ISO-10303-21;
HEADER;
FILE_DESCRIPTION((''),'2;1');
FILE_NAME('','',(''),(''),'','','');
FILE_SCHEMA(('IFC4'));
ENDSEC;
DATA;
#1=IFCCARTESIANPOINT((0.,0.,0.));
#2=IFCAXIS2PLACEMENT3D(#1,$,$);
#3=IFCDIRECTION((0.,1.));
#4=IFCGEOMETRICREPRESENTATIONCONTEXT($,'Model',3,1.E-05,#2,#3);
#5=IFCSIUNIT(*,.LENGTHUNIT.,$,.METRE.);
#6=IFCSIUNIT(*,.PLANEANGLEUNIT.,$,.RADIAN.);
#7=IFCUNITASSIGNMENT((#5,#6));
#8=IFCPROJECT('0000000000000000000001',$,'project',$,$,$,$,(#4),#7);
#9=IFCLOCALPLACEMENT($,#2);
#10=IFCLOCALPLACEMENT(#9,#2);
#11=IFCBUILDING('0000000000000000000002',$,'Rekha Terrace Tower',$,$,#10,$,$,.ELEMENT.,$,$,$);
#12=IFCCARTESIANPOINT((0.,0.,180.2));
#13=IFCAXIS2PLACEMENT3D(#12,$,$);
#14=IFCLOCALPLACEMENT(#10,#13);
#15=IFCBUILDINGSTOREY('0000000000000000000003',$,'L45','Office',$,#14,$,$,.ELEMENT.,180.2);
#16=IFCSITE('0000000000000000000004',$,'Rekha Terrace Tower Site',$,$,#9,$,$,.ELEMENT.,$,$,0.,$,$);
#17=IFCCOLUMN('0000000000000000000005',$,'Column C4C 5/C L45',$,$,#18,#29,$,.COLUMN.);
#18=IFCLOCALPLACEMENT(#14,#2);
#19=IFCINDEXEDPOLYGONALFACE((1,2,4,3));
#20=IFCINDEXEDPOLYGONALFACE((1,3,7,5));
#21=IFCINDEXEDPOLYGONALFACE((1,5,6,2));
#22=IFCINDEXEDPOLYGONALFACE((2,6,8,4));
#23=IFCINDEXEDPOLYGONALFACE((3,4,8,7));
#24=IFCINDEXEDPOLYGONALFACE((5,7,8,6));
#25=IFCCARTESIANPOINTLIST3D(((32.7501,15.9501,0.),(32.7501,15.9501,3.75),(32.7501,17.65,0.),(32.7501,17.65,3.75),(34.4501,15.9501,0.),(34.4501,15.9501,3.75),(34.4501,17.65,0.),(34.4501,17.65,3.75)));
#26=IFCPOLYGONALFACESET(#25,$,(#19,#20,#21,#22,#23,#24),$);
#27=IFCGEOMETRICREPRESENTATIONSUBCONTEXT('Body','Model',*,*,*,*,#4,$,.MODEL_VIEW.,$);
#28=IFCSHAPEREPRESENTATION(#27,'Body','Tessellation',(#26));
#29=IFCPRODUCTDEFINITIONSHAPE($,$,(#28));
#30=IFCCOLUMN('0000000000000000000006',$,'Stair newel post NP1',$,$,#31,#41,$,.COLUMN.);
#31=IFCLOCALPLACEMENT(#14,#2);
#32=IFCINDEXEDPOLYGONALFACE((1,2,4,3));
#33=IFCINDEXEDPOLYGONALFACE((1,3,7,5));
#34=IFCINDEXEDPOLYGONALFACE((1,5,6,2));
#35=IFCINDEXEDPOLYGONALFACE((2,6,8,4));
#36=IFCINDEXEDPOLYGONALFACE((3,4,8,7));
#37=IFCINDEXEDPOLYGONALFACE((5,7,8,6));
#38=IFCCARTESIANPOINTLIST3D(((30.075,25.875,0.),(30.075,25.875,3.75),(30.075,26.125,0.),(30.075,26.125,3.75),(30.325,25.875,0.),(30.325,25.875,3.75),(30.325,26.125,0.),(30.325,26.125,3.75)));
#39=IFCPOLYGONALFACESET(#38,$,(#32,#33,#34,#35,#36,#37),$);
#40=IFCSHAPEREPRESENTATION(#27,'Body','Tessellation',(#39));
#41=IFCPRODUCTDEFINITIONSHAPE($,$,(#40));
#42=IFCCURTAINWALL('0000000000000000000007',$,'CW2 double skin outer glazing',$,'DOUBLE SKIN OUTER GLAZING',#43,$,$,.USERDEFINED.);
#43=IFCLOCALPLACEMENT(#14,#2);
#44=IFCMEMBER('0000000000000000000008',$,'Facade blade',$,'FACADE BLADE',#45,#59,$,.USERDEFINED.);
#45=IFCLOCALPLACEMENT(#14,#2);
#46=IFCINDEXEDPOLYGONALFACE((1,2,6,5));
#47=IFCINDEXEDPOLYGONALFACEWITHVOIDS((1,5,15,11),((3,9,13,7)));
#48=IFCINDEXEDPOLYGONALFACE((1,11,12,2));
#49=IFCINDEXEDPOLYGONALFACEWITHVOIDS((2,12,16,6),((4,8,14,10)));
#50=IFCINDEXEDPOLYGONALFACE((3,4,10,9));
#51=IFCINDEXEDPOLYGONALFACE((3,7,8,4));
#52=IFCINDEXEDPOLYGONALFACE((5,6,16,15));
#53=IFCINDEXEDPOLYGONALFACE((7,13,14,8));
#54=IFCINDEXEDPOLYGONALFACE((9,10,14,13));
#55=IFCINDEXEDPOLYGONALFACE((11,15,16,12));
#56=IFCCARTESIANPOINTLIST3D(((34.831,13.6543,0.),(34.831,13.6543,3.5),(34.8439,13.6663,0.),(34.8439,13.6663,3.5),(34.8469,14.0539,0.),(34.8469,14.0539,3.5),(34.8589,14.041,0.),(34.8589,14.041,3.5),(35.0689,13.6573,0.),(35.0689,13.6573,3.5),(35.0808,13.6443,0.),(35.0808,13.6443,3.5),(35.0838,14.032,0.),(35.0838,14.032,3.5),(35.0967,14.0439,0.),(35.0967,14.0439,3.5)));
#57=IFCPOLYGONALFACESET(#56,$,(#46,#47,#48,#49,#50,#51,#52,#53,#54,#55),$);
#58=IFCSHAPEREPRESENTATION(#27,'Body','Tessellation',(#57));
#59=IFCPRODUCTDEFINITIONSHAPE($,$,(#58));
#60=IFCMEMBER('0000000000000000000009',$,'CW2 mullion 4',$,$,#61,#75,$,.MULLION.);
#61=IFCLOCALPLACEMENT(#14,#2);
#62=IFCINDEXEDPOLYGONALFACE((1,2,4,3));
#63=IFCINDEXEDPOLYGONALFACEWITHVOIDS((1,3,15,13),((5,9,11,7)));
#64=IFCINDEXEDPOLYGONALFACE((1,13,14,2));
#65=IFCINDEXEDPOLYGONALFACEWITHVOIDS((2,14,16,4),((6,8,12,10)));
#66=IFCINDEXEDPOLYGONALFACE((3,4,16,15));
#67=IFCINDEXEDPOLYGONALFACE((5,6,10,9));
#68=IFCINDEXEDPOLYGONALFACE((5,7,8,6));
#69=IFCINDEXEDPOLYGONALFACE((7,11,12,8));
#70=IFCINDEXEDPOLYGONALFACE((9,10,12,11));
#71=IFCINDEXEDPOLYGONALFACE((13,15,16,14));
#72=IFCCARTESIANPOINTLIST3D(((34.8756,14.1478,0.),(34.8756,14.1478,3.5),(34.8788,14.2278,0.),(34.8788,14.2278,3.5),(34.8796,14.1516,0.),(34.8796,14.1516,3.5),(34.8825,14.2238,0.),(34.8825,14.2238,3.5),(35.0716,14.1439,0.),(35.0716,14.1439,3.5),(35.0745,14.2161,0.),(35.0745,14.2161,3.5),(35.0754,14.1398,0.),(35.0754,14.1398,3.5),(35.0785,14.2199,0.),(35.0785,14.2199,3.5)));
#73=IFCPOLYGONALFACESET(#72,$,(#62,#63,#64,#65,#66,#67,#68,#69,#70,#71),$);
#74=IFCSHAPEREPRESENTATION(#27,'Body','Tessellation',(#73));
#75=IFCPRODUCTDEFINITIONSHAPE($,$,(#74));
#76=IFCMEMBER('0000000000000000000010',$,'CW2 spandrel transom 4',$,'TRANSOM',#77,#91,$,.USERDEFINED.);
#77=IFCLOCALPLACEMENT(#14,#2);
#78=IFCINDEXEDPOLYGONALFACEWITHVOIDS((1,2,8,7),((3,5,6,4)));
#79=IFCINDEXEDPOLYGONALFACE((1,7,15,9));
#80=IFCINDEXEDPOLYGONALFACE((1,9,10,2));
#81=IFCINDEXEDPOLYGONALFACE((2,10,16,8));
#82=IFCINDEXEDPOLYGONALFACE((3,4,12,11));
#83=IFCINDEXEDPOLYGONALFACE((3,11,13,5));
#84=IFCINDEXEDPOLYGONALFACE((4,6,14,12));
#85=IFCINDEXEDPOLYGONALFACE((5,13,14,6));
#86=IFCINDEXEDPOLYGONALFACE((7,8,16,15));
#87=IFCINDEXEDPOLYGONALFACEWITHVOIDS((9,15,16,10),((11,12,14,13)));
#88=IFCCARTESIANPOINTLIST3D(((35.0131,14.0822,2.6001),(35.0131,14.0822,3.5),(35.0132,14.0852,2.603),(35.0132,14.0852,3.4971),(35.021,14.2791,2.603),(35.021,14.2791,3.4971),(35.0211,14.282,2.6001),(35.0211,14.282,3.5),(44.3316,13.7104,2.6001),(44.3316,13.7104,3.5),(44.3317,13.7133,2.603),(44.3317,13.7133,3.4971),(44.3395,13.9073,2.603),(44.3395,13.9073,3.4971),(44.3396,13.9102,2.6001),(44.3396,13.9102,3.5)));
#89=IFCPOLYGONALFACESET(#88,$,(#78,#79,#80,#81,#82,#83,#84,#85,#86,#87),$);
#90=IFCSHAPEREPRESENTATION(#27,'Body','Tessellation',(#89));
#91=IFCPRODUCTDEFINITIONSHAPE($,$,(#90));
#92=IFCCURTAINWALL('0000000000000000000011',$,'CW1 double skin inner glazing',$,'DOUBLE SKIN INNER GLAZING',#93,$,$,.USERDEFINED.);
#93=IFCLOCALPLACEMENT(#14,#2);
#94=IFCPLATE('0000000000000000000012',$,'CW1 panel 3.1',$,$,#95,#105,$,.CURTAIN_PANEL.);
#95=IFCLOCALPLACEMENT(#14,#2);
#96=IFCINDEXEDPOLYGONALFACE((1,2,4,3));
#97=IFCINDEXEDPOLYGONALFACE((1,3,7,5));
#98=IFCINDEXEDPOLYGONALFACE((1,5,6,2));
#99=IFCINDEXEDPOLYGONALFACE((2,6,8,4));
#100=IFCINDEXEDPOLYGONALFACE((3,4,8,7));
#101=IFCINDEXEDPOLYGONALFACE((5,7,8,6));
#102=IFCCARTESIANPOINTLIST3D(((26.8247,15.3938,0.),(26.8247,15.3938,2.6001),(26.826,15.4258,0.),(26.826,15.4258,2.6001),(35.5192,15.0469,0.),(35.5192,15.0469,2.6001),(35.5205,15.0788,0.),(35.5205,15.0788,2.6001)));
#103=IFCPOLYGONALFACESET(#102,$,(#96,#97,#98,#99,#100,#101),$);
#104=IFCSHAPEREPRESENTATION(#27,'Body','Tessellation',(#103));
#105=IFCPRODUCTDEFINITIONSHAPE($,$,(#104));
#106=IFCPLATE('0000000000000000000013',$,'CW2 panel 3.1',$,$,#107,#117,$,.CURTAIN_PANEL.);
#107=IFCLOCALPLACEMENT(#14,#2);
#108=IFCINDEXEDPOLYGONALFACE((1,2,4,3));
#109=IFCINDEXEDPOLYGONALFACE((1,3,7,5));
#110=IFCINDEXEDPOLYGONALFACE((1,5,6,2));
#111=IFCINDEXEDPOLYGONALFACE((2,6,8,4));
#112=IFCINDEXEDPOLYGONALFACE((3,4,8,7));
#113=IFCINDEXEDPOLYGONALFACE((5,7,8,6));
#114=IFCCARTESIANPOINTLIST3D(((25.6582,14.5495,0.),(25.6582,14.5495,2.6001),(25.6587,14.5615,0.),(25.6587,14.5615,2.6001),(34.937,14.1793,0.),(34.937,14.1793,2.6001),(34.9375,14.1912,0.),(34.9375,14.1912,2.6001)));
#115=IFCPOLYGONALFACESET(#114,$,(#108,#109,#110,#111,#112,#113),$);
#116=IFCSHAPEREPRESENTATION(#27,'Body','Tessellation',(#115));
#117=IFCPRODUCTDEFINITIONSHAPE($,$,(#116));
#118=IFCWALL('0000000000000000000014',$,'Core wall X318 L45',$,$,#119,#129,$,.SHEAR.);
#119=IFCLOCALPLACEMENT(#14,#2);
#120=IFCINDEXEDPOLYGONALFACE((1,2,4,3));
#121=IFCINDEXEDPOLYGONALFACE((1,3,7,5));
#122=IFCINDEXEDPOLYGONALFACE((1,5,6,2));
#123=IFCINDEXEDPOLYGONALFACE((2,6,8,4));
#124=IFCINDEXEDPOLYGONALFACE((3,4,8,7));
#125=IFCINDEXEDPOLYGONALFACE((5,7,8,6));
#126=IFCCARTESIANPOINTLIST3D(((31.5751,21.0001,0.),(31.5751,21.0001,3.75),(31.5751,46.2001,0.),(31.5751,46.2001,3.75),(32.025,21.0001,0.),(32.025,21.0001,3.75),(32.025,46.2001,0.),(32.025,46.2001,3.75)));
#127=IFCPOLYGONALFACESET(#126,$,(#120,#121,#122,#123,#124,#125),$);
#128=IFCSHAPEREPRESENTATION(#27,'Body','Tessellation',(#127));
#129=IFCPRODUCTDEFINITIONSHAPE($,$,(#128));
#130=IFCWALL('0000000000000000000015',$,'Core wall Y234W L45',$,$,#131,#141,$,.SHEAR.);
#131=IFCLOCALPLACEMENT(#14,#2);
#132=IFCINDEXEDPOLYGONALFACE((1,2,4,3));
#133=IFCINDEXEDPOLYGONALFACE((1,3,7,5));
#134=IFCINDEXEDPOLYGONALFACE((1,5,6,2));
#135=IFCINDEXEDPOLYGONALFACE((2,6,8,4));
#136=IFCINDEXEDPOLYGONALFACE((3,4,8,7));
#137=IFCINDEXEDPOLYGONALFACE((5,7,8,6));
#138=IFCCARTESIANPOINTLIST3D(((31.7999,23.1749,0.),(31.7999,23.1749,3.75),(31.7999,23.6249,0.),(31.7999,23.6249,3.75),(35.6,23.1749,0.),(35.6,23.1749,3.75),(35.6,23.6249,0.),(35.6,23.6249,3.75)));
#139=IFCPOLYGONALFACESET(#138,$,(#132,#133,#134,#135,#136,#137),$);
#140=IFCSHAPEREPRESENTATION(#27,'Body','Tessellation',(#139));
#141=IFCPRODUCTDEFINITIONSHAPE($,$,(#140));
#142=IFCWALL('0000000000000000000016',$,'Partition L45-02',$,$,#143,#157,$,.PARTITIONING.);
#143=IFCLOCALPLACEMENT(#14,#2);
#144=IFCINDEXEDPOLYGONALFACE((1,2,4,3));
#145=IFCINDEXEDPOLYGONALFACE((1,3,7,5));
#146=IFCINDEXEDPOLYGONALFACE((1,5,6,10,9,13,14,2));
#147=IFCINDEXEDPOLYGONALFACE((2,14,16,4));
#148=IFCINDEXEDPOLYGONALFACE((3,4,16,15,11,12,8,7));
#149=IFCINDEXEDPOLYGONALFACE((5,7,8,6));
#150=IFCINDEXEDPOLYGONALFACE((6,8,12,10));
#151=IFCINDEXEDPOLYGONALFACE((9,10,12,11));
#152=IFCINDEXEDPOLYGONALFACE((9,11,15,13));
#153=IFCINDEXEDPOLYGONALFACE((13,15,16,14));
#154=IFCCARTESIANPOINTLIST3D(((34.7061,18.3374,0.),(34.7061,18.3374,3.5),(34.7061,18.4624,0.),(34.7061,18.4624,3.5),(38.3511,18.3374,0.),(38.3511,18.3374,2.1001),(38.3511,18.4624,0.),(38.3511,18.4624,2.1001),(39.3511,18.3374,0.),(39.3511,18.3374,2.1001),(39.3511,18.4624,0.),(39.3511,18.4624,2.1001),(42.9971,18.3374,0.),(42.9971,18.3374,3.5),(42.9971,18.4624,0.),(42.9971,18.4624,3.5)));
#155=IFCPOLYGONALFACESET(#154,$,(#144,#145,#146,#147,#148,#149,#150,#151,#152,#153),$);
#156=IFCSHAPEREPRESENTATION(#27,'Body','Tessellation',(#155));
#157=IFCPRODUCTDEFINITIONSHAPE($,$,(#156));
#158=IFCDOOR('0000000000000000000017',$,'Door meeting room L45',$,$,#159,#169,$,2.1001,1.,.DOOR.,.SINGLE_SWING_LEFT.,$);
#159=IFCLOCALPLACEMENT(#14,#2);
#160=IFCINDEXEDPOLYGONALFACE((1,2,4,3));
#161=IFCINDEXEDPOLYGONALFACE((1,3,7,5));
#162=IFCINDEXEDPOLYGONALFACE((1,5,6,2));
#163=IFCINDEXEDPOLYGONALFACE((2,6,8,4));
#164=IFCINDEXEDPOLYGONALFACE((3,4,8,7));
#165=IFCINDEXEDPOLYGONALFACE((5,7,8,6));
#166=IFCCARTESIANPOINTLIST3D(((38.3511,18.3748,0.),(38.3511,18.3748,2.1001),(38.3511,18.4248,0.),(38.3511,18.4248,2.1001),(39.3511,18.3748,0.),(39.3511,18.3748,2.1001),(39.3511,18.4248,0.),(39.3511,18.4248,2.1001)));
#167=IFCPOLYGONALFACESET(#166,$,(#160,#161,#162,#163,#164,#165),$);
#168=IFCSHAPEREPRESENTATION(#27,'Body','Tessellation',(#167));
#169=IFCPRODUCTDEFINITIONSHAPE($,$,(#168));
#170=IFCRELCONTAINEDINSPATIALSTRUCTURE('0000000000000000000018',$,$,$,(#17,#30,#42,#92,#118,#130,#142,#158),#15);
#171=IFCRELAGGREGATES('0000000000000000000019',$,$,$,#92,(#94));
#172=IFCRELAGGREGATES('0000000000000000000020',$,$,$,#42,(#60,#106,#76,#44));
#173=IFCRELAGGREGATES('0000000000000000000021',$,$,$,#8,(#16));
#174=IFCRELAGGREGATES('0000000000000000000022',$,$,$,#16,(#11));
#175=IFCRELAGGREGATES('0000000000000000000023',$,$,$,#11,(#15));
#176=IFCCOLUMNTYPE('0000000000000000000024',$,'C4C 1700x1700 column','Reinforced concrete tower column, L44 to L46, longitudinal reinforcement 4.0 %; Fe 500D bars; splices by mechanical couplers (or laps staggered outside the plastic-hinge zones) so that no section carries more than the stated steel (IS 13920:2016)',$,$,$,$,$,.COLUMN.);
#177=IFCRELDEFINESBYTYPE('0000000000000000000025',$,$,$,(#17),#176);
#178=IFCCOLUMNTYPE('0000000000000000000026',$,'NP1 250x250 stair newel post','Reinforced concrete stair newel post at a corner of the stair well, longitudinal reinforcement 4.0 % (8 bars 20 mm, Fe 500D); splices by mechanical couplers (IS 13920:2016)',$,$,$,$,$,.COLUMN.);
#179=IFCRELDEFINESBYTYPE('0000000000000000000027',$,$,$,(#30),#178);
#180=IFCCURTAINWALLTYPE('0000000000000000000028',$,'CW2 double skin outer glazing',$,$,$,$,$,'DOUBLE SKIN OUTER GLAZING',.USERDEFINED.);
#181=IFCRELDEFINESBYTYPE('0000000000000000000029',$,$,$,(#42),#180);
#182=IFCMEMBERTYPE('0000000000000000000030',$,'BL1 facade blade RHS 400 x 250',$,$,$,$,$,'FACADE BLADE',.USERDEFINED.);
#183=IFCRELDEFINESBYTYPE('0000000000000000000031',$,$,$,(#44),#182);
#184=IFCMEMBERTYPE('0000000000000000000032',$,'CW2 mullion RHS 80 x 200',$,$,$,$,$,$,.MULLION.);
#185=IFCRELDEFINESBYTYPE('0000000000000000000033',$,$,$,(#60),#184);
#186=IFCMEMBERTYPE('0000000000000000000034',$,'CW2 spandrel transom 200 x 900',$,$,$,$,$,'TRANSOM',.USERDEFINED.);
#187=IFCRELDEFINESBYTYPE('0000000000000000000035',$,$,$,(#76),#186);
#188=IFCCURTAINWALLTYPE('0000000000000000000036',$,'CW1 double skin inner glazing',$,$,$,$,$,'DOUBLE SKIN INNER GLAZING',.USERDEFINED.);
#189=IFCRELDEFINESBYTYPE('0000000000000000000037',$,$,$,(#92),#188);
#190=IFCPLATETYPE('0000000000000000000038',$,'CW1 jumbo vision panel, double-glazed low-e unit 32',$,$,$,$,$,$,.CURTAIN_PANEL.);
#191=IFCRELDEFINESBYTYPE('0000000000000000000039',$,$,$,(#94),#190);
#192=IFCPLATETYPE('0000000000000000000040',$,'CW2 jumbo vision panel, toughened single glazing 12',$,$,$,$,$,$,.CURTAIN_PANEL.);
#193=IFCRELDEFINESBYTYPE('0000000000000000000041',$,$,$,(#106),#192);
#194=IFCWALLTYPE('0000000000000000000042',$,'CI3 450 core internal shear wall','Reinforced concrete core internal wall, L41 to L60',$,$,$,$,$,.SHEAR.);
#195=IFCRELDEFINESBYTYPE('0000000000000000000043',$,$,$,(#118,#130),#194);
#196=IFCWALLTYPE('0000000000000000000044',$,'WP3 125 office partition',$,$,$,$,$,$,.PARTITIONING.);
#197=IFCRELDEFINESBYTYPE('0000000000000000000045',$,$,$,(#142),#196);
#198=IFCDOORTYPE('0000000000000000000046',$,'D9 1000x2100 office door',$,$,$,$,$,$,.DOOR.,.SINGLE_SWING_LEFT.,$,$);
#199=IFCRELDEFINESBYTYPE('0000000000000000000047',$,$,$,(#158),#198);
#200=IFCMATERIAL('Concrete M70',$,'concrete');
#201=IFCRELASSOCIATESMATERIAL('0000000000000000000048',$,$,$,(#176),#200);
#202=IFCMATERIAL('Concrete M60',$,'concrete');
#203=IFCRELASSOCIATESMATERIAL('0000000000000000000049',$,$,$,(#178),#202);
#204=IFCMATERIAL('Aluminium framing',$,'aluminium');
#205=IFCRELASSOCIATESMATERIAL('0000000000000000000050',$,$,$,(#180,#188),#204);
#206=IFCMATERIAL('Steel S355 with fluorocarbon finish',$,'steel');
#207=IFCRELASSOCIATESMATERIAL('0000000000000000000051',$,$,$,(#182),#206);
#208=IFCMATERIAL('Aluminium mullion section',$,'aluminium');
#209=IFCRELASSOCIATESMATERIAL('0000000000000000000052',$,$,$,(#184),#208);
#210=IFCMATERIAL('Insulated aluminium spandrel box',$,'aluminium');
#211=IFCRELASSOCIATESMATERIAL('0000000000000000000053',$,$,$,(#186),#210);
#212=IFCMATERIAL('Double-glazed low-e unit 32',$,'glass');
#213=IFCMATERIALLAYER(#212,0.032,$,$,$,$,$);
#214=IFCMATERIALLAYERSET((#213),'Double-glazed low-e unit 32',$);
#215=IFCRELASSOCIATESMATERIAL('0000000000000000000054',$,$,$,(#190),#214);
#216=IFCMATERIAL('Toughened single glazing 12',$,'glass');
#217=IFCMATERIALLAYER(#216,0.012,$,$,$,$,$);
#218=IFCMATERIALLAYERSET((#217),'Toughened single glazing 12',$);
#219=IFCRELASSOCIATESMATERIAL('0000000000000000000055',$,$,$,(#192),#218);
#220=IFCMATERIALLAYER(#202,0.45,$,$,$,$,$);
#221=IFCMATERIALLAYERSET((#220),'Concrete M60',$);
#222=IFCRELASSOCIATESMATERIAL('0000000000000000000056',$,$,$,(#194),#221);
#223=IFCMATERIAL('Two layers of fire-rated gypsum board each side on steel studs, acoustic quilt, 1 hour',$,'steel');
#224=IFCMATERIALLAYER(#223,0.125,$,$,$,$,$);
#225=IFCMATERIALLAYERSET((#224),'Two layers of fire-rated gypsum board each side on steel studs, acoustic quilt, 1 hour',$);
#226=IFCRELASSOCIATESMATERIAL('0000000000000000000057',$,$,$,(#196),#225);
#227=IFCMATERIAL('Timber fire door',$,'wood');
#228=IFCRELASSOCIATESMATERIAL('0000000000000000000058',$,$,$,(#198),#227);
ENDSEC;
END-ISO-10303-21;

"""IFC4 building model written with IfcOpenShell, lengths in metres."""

from ifc_helpers import new_model, si_unit, direction, frame, frame_2d, origin, origin_2d, place, context, subcontext, project, spatial, rectangle, hollow_rectangle, extrude, material, layer, layer_set, material_profile, profile_set, type_object, element, fill, aggregate, save


model = new_model("IFC4")

# Units and contexts
model_context = context("Model", 3, precision=1e-05, world=origin(), true_north=direction((0.0, 1.0)))
body_context = subcontext(model_context, "Body", "Model", "MODEL_VIEW")
ifc_project = project(units=[si_unit("LENGTHUNIT", "METRE"), si_unit("PLANEANGLEUNIT", "RADIAN")], contexts=[model_context])

# Site, building, storey
site_placement = place(None, origin())
site = spatial("IfcSite", under=ifc_project, at=site_placement, Name="Rekha Terrace Tower Site", CompositionType="ELEMENT", RefElevation=0.0)
building_placement = place(site_placement, origin())
building = spatial("IfcBuilding", under=site, at=building_placement, Name="Rekha Terrace Tower", CompositionType="ELEMENT")
storey_placement = place(building_placement, frame((0.0, 0.0, 180.2)))
storey = spatial("IfcBuildingStorey", under=building, at=storey_placement, Name="L45", Description="Office", CompositionType="ELEMENT", Elevation=180.2)

# Columns
ifc_material_1 = material(Name="Concrete M70", Category="concrete")
ifc_material_profile_1 = material_profile(ifc_material_1, rectangle(XDim=1.7, YDim=1.7, at=origin_2d()), Name="RC 1700x1700")
ifc_profile_set_1 = profile_set([ifc_material_profile_1], Name="Concrete M70")
column_type_1 = type_object("IfcColumnType", Name="C4C 1700x1700 column", Description="Reinforced concrete tower column, L44 to L46, longitudinal reinforcement 4.0 %; Fe 500D bars; splices by mechanical couplers (or laps staggered outside the plastic-hinge zones) so that no section carries more than the stated steel (IS 13920:2016)", PredefinedType="COLUMN", material=ifc_profile_set_1)
column_1_placement = place(storey_placement, frame((33.6001, 16.8, 0.0), z_axis=(0.0, 0.0, 1.0), x_axis=(1.0, 0.0, 0.0)))
element("IfcColumn", 1, at=column_1_placement, inside=storey, type_object=column_type_1, Name="Column C4C 5/C L45", PredefinedType="COLUMN", context=body_context, shape_type="SweptSolid", body=[
    extrude(rectangle(XDim=1.7, YDim=1.7, at=origin_2d()), origin(), (0.0, 0.0, 1.0), 3.75),
])
ifc_material_2 = material(Name="Concrete M60", Category="concrete")
ifc_material_profile_2 = material_profile(ifc_material_2, rectangle(XDim=0.25, YDim=0.25, at=origin_2d()), Name="RC 250x250")
ifc_profile_set_2 = profile_set([ifc_material_profile_2], Name="Concrete M60")
column_type_2 = type_object("IfcColumnType", Name="NP1 250x250 stair newel post", Description="Reinforced concrete stair newel post at a corner of the stair well, longitudinal reinforcement 4.0 % (8 bars 20 mm, Fe 500D); splices by mechanical couplers (IS 13920:2016)", PredefinedType="COLUMN", material=ifc_profile_set_2)
column_2_placement = place(storey_placement, frame((30.2, 26.0, 0.0), z_axis=(0.0, 0.0, 1.0), x_axis=(1.0, 0.0, 0.0)))
element("IfcColumn", 2, at=column_2_placement, inside=storey, type_object=column_type_2, Name="Stair newel post NP1", PredefinedType="COLUMN", context=body_context, shape_type="SweptSolid", body=[
    extrude(rectangle(XDim=0.25, YDim=0.25, at=origin_2d()), origin(), (0.0, 0.0, 1.0), 3.75),
])

# Curtain wall, members
ifc_material_3 = material(Name="Aluminium framing", Category="aluminium")
curtain_wall_type_1 = type_object("IfcCurtainWallType", Name="CW2 double skin outer glazing", ElementType="DOUBLE SKIN OUTER GLAZING", PredefinedType="USERDEFINED", material=ifc_material_3)
curtain_wall_1_placement = place(storey_placement, origin())
curtain_wall_1 = element("IfcCurtainWall", 3, at=curtain_wall_1_placement, inside=storey, type_object=curtain_wall_type_1, Name="CW2 double skin outer glazing", ObjectType="DOUBLE SKIN OUTER GLAZING", PredefinedType="USERDEFINED")
ifc_material_4 = material(Name="Steel S355 with fluorocarbon finish", Category="steel")
ifc_material_profile_3 = material_profile(ifc_material_4, hollow_rectangle(XDim=0.25, YDim=0.3999, WallThickness=0.0125, at=origin_2d()), Name="RHS400x250x12.5")
ifc_profile_set_3 = profile_set([ifc_material_profile_3], Name="Steel S355 with fluorocarbon finish")
member_type_1 = type_object("IfcMemberType", Name="BL1 facade blade RHS 400 x 250", ElementType="FACADE BLADE", PredefinedType="USERDEFINED", material=ifc_profile_set_3)
member_1_placement = place(storey_placement, frame((34.9639, 13.8491, 0.0), z_axis=(0.0, 0.0, 1.0), x_axis=(0.999205, -0.039872, 0.0)))
member_1 = element("IfcMember", 4, at=member_1_placement, type_object=member_type_1, Name="Facade blade", ObjectType="FACADE BLADE", PredefinedType="USERDEFINED", context=body_context, shape_type="SweptSolid", body=[
    extrude(hollow_rectangle(XDim=0.25, YDim=0.3999, WallThickness=0.0125, at=origin_2d()), origin(), (0.0, 0.0, 1.0), 3.5),
])
ifc_material_5 = material(Name="Aluminium mullion section", Category="aluminium")
ifc_material_profile_4 = material_profile(ifc_material_5, hollow_rectangle(XDim=0.0801, YDim=0.2, WallThickness=0.0039, at=origin_2d()), Name="AL RHS 80x200")
ifc_profile_set_4 = profile_set([ifc_material_profile_4], Name="Aluminium mullion section")
member_type_2 = type_object("IfcMemberType", Name="CW2 mullion RHS 80 x 200", PredefinedType="MULLION", material=ifc_profile_set_4)
member_2_placement = place(storey_placement, frame((34.9771, 14.1838, 0.0), z_axis=(0.0, 0.0, 1.0), x_axis=(0.039872, 0.999205, 0.0)))
member_2 = element("IfcMember", 5, at=member_2_placement, type_object=member_type_2, Name="CW2 mullion 4", PredefinedType="MULLION", context=body_context, shape_type="SweptSolid", body=[
    extrude(hollow_rectangle(XDim=0.0801, YDim=0.2, WallThickness=0.0039, at=origin_2d()), origin(), (0.0, 0.0, 1.0), 3.5),
])
ifc_material_6 = material(Name="Insulated aluminium spandrel box", Category="aluminium")
ifc_material_profile_5 = material_profile(ifc_material_6, hollow_rectangle(XDim=0.2, YDim=0.8999, WallThickness=0.0029, at=origin_2d()), Name="AL SPANDREL BOX 200x900")
ifc_profile_set_5 = profile_set([ifc_material_profile_5], Name="Insulated aluminium spandrel box")
member_type_3 = type_object("IfcMemberType", Name="CW2 spandrel transom 200 x 900", ElementType="TRANSOM", PredefinedType="USERDEFINED", material=ifc_profile_set_5)
member_3_placement = place(storey_placement, frame((35.0171, 14.1821, 3.05), z_axis=(0.999205, -0.03987, 0.0), x_axis=(0.03987, 0.999205, 0.0)))
member_3 = element("IfcMember", 6, at=member_3_placement, type_object=member_type_3, Name="CW2 spandrel transom 4", ObjectType="TRANSOM", PredefinedType="USERDEFINED", context=body_context, shape_type="SweptSolid", body=[
    extrude(hollow_rectangle(XDim=0.2, YDim=0.8999, WallThickness=0.0029, at=origin_2d()), origin(), (0.0, 0.0, 1.0), 9.3259),
])

# Curtain wall, plate
curtain_wall_type_2 = type_object("IfcCurtainWallType", Name="CW1 double skin inner glazing", ElementType="DOUBLE SKIN INNER GLAZING", PredefinedType="USERDEFINED", material=ifc_material_3)
curtain_wall_2_placement = place(storey_placement, origin())
curtain_wall_2 = element("IfcCurtainWall", 7, at=curtain_wall_2_placement, inside=storey, type_object=curtain_wall_type_2, Name="CW1 double skin inner glazing", ObjectType="DOUBLE SKIN INNER GLAZING", PredefinedType="USERDEFINED")
ifc_material_7 = material(Name="Double-glazed low-e unit 32", Category="glass")
ifc_layer_1 = layer(ifc_material_7, 0.032)
ifc_layer_set_1 = layer_set([ifc_layer_1], Name="Double-glazed low-e unit 32")
plate_type_1 = type_object("IfcPlateType", Name="CW1 jumbo vision panel, double-glazed low-e unit 32", PredefinedType="CURTAIN_PANEL", material=ifc_layer_set_1)
plate_1_placement = place(storey_placement, frame((31.1726, 15.2363, 0.0), z_axis=(0.0, 0.0, 1.0), x_axis=(0.999205, -0.039872, 0.0)))
plate_1 = element("IfcPlate", 8, at=plate_1_placement, type_object=plate_type_1, Name="CW1 panel 3.1", PredefinedType="CURTAIN_PANEL", context=body_context, shape_type="SweptSolid", body=[
    extrude(rectangle(XDim=8.7014, YDim=0.032, at=origin_2d()), origin(), (0.0, 0.0, 1.0), 2.6001),
])
aggregate(curtain_wall_2, [plate_1])

# Plate
ifc_material_8 = material(Name="Toughened single glazing 12", Category="glass")
ifc_layer_2 = layer(ifc_material_8, 0.012)
ifc_layer_set_2 = layer_set([ifc_layer_2], Name="Toughened single glazing 12")
plate_type_2 = type_object("IfcPlateType", Name="CW2 jumbo vision panel, toughened single glazing 12", PredefinedType="CURTAIN_PANEL", material=ifc_layer_set_2)
plate_2_placement = place(storey_placement, frame((30.2979, 14.3704, 0.0), z_axis=(0.0, 0.0, 1.0), x_axis=(0.999205, -0.039872, 0.0)))
plate_2 = element("IfcPlate", 9, at=plate_2_placement, type_object=plate_type_2, Name="CW2 panel 3.1", PredefinedType="CURTAIN_PANEL", context=body_context, shape_type="SweptSolid", body=[
    extrude(rectangle(XDim=9.2861, YDim=0.012, at=origin_2d()), origin(), (0.0, 0.0, 1.0), 2.6001),
])
aggregate(curtain_wall_1, [member_2, plate_2, member_3, member_1])

# Walls
ifc_layer_3 = layer(ifc_material_2, 0.45)
ifc_layer_set_3 = layer_set([ifc_layer_3], Name="Concrete M60")
wall_type_1 = type_object("IfcWallType", Name="CI3 450 core internal shear wall", Description="Reinforced concrete core internal wall, L41 to L60", PredefinedType="SHEAR", material=ifc_layer_set_3)
wall_1_placement = place(storey_placement, frame((31.8, 21.0, 0.0), z_axis=(0.0, 0.0, 1.0), x_axis=(0.0, 1.0, 0.0)))
element("IfcWall", 10, at=wall_1_placement, inside=storey, type_object=wall_type_1, Name="Core wall X318 L45", PredefinedType="SHEAR", context=body_context, shape_type="SweptSolid", body=[
    extrude(rectangle(XDim=25.2, YDim=0.45, at=frame_2d((12.6001, 0.0))), origin(), (0.0, 0.0, 1.0), 3.75),
])
wall_2_placement = place(storey_placement, frame((31.8, 23.3999, 0.0), z_axis=(0.0, 0.0, 1.0), x_axis=(1.0, 0.0, 0.0)))
element("IfcWall", 11, at=wall_2_placement, inside=storey, type_object=wall_type_1, Name="Core wall Y234W L45", PredefinedType="SHEAR", context=body_context, shape_type="SweptSolid", body=[
    extrude(rectangle(XDim=3.8, YDim=0.45, at=frame_2d((1.8999, 0.0))), origin(), (0.0, 0.0, 1.0), 3.75),
])

# Wall, opening, door
ifc_material_9 = material(Name="Two layers of fire-rated gypsum board each side on steel studs, acoustic quilt, 1 hour", Category="steel")
ifc_layer_4 = layer(ifc_material_9, 0.125)
ifc_layer_set_4 = layer_set([ifc_layer_4], Name="Two layers of fire-rated gypsum board each side on steel studs, acoustic quilt, 1 hour")
wall_type_2 = type_object("IfcWallType", Name="WP3 125 office partition", PredefinedType="PARTITIONING", material=ifc_layer_set_4)
wall_3_placement = place(storey_placement, frame((34.7061, 18.3999, 0.0), z_axis=(0.0, 0.0, 1.0), x_axis=(1.0, 0.0, 0.0)))
wall_3 = element("IfcWall", 12, at=wall_3_placement, inside=storey, type_object=wall_type_2, Name="Partition L45-02", PredefinedType="PARTITIONING", context=body_context, shape_type="SweptSolid", body=[
    extrude(rectangle(XDim=8.291, YDim=0.125, at=frame_2d((4.1455, 0.0))), origin(), (0.0, 0.0, 1.0), 3.5),
])
opening_placement = place(wall_3_placement, frame((3.645, 0.0, 0.0)))
opening = element("IfcOpeningElement", 13, at=opening_placement, cuts=wall_3, PredefinedType="OPENING", context=body_context, shape_type="SweptSolid", body=[
    extrude(rectangle(XDim=1.0, YDim=2.1001, at=frame_2d((0.5, 1.05))), frame((0.0, 0.0725, 0.0), z_axis=(0.0, -1.0, 0.0), x_axis=(1.0, 0.0, 0.0)), (0.0, 0.0, 1.0), 0.145),
])
ifc_material_10 = material(Name="Timber fire door", Category="wood")
door_type = type_object("IfcDoorType", Name="D9 1000x2100 office door", OperationType="SINGLE_SWING_LEFT", PredefinedType="DOOR", material=ifc_material_10)
door_placement = place(opening_placement, origin())
door = element("IfcDoor", 14, at=door_placement, inside=storey, type_object=door_type, Name="Door meeting room L45", OperationType="SINGLE_SWING_LEFT", OverallHeight=2.1001, OverallWidth=1.0, PredefinedType="DOOR", context=body_context, shape_type="SweptSolid", body=[
    extrude(rectangle(XDim=1.0, YDim=2.1001, at=frame_2d((0.5, 1.05))), frame((0.0, 0.0249, 0.0), z_axis=(0.0, -1.0, 0.0), x_axis=(1.0, 0.0, 0.0)), (0.0, 0.0, 1.0), 0.05),
])
fill(opening, door)

save(model, "model.ifc")
